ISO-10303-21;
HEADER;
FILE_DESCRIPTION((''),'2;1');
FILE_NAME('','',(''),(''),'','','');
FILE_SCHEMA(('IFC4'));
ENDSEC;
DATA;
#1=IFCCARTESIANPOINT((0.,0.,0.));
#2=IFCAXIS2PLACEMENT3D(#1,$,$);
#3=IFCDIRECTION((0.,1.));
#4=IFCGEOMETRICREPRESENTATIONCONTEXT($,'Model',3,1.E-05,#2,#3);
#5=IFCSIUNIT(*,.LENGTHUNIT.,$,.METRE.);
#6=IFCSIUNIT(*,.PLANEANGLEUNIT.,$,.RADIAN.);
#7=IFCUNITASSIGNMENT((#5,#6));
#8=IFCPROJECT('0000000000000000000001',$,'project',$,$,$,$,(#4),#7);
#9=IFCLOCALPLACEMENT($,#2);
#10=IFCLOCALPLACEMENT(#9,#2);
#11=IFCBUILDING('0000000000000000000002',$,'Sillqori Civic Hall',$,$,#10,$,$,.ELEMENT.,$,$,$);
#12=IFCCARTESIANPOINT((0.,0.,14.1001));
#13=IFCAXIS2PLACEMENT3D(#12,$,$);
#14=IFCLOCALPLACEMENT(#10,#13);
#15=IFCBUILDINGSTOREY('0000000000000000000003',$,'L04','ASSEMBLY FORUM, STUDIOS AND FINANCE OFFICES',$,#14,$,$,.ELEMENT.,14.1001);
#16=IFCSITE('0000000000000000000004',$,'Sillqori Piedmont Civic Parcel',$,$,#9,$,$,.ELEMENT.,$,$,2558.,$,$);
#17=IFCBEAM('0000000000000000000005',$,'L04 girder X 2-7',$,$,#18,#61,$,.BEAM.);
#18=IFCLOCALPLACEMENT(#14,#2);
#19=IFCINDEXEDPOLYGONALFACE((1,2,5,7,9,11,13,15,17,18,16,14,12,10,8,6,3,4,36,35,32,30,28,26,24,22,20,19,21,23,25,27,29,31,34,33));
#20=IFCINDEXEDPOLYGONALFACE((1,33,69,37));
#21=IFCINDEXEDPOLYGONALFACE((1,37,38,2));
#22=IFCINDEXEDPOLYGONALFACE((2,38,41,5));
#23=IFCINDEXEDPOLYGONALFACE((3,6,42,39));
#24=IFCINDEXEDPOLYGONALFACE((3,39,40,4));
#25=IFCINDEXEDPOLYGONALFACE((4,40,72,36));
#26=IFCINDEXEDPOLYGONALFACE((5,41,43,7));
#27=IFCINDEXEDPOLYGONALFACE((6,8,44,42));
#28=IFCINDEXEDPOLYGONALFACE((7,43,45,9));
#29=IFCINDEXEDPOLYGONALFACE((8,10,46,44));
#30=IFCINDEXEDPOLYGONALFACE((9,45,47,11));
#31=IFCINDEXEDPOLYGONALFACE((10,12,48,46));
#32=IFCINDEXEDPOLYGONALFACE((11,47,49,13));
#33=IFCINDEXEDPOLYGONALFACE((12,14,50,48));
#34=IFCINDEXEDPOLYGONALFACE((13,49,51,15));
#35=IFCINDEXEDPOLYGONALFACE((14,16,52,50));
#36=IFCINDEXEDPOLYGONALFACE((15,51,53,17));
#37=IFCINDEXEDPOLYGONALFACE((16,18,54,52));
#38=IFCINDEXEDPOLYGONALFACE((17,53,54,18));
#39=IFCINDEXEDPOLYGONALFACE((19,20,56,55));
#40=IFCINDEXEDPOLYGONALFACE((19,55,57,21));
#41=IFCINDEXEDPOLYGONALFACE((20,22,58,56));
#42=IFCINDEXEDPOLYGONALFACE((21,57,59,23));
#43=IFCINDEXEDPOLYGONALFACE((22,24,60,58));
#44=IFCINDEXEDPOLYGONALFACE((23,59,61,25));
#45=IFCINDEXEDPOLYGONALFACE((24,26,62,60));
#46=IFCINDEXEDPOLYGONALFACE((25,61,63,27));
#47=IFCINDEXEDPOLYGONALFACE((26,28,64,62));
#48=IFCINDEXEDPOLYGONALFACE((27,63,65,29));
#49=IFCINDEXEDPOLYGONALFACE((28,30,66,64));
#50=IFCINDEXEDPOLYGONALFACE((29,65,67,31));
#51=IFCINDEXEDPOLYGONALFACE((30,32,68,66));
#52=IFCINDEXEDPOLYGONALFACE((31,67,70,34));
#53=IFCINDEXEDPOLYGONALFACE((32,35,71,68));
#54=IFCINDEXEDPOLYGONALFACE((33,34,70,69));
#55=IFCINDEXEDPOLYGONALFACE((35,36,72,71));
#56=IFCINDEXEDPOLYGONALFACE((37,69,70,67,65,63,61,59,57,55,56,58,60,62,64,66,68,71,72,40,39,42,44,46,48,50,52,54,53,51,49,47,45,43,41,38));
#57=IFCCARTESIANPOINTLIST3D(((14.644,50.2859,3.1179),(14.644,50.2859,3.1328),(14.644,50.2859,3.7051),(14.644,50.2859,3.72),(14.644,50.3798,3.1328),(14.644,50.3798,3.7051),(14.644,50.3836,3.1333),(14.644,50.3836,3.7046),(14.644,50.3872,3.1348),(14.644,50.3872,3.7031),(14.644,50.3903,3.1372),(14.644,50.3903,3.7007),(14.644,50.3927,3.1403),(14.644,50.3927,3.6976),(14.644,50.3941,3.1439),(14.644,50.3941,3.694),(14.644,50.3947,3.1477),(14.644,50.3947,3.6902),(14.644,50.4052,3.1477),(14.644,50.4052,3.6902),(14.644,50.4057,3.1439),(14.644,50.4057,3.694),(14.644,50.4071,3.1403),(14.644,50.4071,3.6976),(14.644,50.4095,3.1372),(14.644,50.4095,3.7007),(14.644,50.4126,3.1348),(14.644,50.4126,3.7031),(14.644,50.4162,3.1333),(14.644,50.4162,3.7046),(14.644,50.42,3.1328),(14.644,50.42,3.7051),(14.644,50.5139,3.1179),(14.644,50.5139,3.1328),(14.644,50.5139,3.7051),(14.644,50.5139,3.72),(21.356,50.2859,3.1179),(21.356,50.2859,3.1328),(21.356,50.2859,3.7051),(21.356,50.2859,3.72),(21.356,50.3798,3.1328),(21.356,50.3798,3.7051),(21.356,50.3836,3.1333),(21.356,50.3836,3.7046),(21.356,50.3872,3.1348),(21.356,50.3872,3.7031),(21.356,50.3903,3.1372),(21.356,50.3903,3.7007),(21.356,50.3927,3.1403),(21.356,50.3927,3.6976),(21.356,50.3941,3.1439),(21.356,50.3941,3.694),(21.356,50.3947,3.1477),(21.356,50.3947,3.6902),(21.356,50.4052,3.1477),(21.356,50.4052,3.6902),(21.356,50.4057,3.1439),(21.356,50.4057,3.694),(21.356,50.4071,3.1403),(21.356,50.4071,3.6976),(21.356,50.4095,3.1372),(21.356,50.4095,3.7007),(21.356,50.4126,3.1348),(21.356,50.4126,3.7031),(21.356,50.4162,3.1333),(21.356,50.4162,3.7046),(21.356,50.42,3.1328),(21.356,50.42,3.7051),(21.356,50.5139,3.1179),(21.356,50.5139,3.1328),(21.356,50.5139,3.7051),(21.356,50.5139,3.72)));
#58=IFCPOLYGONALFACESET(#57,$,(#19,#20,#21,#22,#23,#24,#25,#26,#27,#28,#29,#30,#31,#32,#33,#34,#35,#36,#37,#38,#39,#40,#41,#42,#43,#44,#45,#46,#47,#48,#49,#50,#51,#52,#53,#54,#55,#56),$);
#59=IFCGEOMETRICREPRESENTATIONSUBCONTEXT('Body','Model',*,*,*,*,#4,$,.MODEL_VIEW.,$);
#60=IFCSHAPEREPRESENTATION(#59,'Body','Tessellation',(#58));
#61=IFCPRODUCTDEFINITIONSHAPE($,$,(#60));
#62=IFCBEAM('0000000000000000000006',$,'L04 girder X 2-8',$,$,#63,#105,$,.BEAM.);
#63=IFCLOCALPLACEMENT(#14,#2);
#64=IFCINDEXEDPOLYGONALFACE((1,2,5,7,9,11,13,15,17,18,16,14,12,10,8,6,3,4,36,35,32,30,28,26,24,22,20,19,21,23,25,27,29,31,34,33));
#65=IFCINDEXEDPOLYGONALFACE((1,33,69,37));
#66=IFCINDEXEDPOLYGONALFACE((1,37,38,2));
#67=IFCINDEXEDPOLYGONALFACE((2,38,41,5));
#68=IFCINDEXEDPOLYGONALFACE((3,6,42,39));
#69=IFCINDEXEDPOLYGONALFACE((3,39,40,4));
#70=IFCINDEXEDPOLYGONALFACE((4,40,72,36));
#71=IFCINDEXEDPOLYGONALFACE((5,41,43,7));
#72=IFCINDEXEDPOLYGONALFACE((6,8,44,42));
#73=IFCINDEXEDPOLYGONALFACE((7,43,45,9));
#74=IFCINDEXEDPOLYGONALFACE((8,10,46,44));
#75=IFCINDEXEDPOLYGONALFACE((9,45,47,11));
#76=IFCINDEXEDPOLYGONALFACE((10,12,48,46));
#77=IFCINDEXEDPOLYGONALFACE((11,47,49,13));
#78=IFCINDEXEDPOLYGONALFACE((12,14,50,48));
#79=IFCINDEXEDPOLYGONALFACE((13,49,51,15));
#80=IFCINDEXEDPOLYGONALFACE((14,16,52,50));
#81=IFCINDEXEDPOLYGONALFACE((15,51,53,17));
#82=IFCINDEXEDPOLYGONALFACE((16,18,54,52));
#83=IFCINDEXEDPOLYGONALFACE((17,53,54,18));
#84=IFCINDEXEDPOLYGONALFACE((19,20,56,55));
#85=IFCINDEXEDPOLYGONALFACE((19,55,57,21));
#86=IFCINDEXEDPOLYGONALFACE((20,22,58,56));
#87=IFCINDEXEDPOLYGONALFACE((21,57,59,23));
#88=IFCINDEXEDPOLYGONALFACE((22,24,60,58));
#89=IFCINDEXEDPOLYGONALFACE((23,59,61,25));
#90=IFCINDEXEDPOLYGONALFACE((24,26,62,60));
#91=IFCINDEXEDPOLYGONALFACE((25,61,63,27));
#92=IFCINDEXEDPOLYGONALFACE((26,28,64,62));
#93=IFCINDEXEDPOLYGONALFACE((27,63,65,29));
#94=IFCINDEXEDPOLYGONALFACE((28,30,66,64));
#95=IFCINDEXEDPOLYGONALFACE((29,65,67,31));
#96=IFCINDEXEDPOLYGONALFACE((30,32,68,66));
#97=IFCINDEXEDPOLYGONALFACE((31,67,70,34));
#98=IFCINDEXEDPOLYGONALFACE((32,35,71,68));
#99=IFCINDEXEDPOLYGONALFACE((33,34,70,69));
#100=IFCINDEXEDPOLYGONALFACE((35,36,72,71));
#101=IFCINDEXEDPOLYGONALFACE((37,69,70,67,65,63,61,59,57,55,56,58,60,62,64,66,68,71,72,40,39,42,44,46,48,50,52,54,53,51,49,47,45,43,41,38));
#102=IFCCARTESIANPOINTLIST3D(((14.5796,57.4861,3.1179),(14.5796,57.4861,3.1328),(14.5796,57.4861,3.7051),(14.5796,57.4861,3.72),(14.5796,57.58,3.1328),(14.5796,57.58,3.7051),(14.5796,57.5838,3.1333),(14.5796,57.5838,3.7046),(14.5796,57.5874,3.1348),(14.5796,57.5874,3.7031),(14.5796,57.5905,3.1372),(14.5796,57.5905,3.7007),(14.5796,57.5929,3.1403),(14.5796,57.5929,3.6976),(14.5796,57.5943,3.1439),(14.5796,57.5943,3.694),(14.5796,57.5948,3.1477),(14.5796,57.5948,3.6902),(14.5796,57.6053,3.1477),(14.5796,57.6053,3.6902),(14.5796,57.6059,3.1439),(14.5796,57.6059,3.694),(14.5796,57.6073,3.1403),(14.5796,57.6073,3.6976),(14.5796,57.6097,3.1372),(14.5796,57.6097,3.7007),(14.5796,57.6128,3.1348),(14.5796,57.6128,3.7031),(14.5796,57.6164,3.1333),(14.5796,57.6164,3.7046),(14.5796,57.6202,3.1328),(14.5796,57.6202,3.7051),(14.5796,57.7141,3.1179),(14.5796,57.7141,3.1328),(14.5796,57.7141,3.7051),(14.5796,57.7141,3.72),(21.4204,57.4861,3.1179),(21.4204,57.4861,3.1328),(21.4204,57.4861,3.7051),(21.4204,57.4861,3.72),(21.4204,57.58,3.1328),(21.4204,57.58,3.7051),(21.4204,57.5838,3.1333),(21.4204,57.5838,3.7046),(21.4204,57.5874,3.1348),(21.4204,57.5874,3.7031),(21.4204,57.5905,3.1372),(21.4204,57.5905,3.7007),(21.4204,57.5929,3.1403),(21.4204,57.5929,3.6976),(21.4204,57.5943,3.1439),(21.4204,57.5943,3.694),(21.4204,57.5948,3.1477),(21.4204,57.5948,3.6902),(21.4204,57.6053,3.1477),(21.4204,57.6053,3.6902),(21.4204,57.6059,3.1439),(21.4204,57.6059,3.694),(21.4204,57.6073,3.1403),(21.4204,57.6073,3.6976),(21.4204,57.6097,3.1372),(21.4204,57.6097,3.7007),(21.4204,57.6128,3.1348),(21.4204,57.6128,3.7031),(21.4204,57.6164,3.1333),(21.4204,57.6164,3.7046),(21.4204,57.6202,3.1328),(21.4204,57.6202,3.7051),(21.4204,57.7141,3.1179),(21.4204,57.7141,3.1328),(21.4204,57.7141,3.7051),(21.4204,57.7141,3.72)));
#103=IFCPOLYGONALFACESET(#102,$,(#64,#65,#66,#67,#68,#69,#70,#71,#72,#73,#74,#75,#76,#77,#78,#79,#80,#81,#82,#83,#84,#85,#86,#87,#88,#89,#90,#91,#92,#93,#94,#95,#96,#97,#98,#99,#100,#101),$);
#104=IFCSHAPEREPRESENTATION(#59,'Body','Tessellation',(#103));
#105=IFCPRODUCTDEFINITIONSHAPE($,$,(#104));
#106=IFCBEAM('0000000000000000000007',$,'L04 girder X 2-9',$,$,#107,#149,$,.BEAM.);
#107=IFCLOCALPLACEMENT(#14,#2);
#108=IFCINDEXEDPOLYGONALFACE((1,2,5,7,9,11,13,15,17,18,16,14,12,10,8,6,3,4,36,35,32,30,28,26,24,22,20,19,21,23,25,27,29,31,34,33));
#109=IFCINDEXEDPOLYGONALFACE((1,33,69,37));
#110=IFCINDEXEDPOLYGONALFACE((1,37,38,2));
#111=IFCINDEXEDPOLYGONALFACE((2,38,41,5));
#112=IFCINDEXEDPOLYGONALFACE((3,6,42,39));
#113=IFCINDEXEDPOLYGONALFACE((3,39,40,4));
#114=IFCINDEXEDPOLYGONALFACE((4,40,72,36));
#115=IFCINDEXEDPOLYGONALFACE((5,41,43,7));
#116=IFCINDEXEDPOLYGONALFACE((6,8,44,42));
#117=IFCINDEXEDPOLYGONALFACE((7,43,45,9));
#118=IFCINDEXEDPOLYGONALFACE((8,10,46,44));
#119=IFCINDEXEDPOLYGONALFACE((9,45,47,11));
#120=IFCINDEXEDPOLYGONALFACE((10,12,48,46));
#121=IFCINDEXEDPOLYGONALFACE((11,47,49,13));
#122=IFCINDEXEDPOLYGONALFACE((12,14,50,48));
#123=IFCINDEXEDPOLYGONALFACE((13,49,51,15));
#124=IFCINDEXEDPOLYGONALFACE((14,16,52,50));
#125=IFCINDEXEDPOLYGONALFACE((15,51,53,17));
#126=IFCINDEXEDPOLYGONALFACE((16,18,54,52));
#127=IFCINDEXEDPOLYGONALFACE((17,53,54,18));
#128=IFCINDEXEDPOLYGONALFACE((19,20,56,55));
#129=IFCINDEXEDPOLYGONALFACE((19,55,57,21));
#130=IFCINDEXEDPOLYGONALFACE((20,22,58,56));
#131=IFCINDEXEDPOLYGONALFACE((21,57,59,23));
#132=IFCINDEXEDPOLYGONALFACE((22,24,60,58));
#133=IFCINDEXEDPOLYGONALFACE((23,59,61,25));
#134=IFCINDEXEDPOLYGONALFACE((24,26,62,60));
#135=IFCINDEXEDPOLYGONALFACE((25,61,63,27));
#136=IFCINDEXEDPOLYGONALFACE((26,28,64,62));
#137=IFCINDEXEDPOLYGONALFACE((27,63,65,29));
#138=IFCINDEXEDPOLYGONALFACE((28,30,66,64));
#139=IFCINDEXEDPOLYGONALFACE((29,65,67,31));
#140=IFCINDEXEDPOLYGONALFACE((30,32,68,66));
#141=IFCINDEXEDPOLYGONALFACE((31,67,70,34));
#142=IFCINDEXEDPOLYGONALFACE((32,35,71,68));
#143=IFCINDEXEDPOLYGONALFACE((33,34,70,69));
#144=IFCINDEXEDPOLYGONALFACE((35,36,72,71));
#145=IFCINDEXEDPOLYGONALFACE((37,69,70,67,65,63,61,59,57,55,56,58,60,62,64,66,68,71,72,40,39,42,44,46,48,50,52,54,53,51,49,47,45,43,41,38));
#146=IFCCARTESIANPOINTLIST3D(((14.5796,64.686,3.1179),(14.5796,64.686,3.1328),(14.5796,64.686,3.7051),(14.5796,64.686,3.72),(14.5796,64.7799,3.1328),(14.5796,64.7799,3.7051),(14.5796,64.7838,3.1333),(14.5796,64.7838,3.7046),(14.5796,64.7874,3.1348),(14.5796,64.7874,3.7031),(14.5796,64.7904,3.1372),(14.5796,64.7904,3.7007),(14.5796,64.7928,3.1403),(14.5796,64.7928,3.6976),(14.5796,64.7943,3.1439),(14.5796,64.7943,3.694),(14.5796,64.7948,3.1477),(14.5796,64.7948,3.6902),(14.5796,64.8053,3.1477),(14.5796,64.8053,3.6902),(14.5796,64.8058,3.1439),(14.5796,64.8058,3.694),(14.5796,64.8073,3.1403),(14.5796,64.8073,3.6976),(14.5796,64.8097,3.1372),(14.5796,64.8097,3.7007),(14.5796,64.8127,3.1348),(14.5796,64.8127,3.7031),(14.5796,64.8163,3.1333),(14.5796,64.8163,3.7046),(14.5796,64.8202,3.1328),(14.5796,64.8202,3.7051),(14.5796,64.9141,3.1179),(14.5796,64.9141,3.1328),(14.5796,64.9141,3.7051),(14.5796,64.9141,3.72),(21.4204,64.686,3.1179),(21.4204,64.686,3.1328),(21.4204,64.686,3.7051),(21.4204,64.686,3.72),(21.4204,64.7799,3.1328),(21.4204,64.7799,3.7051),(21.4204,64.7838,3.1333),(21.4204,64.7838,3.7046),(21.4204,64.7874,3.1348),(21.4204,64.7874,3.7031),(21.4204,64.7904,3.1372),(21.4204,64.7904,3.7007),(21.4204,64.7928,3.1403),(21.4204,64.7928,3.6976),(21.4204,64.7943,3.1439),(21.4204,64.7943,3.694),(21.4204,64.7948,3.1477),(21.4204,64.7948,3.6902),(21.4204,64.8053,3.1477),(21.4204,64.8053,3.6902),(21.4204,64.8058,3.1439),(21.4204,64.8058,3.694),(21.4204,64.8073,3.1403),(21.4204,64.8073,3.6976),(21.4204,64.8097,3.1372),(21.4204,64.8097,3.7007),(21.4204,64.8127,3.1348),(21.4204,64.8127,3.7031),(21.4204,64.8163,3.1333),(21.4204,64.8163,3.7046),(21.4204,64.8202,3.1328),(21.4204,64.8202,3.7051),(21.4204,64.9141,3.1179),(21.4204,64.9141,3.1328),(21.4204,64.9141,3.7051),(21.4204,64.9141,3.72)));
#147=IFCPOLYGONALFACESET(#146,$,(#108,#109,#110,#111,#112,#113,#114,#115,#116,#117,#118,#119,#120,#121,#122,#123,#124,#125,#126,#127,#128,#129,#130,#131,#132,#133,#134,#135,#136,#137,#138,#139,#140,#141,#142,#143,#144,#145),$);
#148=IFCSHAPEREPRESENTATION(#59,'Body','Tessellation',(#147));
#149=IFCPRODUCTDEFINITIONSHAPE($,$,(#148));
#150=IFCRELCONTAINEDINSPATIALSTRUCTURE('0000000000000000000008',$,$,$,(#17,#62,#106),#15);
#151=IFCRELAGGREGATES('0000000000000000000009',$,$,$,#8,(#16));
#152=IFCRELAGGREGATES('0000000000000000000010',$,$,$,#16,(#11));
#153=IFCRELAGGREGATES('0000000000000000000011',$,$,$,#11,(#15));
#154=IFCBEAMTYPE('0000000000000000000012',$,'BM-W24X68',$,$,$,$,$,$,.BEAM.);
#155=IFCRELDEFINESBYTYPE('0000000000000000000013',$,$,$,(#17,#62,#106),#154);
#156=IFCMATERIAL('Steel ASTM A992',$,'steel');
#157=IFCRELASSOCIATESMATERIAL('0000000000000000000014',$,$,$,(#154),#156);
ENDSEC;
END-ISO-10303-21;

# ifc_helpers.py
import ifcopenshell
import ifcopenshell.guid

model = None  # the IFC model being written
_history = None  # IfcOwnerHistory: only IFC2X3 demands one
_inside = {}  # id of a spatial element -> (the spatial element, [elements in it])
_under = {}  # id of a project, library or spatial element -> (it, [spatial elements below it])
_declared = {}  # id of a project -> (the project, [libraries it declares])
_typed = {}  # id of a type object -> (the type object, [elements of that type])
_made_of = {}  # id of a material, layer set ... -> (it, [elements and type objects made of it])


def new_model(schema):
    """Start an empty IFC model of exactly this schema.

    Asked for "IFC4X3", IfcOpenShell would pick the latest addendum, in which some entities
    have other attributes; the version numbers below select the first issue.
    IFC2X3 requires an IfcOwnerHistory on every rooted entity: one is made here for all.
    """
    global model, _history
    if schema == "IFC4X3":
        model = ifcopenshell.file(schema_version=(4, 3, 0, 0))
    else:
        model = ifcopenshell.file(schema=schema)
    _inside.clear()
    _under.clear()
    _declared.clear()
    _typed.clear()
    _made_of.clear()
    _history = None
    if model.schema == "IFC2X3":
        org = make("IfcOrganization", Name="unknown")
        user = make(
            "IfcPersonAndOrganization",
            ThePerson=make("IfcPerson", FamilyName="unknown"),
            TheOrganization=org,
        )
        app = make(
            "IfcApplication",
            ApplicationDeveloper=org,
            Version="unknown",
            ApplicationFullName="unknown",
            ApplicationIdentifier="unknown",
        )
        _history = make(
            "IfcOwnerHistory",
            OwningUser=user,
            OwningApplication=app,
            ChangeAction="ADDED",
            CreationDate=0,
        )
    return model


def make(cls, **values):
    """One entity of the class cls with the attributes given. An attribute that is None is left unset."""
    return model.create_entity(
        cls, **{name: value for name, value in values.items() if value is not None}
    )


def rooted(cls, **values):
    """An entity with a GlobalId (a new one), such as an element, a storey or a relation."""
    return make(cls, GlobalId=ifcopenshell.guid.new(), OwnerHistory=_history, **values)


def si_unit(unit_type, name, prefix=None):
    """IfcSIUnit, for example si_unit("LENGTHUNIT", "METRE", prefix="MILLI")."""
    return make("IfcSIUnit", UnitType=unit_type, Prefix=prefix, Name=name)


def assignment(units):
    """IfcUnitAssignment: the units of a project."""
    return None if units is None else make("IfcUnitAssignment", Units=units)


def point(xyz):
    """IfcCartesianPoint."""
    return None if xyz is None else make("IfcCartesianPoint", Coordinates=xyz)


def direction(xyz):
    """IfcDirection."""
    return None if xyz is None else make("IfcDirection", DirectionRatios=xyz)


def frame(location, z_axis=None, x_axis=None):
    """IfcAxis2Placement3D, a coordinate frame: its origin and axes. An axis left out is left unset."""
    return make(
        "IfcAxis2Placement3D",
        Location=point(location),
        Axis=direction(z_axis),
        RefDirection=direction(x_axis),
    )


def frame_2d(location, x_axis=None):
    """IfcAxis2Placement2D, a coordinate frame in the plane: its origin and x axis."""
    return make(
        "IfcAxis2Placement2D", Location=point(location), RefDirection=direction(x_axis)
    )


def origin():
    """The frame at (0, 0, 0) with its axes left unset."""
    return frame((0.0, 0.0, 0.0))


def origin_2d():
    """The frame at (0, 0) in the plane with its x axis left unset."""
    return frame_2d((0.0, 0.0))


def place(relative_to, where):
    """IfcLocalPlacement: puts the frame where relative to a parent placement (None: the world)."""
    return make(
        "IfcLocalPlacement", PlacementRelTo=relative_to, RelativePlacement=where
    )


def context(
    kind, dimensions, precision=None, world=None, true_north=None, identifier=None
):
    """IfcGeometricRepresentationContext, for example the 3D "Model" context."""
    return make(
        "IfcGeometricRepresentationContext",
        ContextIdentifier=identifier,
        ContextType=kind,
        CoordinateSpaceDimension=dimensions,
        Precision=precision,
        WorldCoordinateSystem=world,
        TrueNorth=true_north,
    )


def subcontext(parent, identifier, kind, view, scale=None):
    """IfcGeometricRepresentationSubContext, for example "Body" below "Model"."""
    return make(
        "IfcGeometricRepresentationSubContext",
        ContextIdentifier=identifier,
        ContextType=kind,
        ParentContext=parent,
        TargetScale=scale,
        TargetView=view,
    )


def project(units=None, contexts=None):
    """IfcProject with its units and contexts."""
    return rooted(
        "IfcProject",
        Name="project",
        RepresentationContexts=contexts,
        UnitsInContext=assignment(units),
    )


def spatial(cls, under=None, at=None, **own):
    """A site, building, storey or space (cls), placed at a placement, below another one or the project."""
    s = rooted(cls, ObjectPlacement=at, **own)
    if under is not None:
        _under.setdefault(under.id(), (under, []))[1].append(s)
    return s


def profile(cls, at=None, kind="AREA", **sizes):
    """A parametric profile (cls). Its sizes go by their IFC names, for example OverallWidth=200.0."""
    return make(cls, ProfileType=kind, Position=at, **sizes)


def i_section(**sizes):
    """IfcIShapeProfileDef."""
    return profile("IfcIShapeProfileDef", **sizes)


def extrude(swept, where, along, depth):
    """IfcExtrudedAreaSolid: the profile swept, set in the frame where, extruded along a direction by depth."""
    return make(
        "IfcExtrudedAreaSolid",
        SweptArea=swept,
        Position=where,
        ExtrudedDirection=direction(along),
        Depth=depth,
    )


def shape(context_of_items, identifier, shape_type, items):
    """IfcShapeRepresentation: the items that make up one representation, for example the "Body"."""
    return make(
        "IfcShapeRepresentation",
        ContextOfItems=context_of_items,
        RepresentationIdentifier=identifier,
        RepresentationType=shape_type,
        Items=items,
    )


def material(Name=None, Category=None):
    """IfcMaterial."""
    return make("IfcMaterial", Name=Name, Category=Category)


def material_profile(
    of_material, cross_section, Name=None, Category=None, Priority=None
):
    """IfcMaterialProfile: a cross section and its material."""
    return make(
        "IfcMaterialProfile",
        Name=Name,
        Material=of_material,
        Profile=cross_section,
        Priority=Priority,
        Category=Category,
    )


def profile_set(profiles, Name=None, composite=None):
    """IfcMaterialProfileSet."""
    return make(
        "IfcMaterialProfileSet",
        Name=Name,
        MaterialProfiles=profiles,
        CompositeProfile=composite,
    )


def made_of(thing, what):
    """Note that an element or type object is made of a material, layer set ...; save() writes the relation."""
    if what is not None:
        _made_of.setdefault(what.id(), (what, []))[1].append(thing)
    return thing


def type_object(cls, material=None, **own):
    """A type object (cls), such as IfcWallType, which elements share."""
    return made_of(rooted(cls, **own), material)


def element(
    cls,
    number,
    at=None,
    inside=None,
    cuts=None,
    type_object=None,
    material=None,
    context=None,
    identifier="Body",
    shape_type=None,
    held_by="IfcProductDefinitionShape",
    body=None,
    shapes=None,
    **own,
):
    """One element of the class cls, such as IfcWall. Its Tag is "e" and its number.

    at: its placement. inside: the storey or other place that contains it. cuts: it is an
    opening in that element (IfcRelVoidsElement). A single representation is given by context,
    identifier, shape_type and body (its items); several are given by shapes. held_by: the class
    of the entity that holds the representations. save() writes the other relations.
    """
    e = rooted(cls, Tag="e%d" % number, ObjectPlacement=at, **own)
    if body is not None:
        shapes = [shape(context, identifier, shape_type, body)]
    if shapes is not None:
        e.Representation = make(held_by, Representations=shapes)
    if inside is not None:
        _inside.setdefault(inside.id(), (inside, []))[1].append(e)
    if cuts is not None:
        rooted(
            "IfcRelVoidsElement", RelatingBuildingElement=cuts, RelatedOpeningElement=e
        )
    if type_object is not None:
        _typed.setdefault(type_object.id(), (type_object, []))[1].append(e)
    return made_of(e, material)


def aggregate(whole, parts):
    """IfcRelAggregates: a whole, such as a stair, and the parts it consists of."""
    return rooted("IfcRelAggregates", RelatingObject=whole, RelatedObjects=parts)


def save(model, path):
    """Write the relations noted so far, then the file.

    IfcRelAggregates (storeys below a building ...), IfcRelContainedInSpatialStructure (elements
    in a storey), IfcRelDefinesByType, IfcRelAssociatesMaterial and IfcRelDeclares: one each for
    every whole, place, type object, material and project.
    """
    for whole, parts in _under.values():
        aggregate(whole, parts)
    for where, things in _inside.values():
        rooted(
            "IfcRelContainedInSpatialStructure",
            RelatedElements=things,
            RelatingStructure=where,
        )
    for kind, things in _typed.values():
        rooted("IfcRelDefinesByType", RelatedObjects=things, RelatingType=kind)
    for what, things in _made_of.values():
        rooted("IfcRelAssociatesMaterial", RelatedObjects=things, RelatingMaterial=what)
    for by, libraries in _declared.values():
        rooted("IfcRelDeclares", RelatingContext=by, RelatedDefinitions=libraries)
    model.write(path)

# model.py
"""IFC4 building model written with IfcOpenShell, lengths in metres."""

from ifc_helpers import new_model, si_unit, direction, frame, origin, origin_2d, place, context, subcontext, project, spatial, i_section, extrude, material, material_profile, profile_set, type_object, element, save


model = new_model("IFC4")

# Units and contexts
model_context = context("Model", 3, precision=1e-05, world=origin(), true_north=direction((0.0, 1.0)))
body_context = subcontext(model_context, "Body", "Model", "MODEL_VIEW")
ifc_project = project(units=[si_unit("LENGTHUNIT", "METRE"), si_unit("PLANEANGLEUNIT", "RADIAN")], contexts=[model_context])

# Site, building, storey
site_placement = place(None, origin())
site = spatial("IfcSite", under=ifc_project, at=site_placement, Name="Sillqori Piedmont Civic Parcel", CompositionType="ELEMENT", RefElevation=2558.0)
building_placement = place(site_placement, origin())
building = spatial("IfcBuilding", under=site, at=building_placement, Name="Sillqori Civic Hall", CompositionType="ELEMENT")
storey_placement = place(building_placement, frame((0.0, 0.0, 14.1001)))
storey = spatial("IfcBuildingStorey", under=building, at=storey_placement, Name="L04", Description="ASSEMBLY FORUM, STUDIOS AND FINANCE OFFICES", CompositionType="ELEMENT", Elevation=14.1001)

# Shared definitions
ifc_material_1 = material(Name="Steel ASTM A992", Category="steel")

# Beams
ifc_material_profile_1 = material_profile(ifc_material_1, i_section(OverallWidth=0.228, OverallDepth=0.6021, WebThickness=0.0105, FlangeThickness=0.0149, FilletRadius=0.0149, at=origin_2d()), Name="W24X68")
ifc_profile_set_1 = profile_set([ifc_material_profile_1], Name="Steel ASTM A992")
beam_type_1 = type_object("IfcBeamType", Name="BM-W24X68", PredefinedType="BEAM", material=ifc_profile_set_1)
beam_1_placement = place(storey_placement, frame((14.644, 50.3999, 3.4189), z_axis=(1.0, 0.0, 0.0), x_axis=(0.0, 1.0, 0.0)))
element("IfcBeam", 1, at=beam_1_placement, inside=storey, type_object=beam_type_1, Name="L04 girder X 2-7", PredefinedType="BEAM", context=body_context, shape_type="SweptSolid", body=[
    extrude(i_section(OverallWidth=0.228, OverallDepth=0.6021, WebThickness=0.0105, FlangeThickness=0.0149, FilletRadius=0.0149, at=origin_2d()), origin(), (0.0, 0.0, 1.0), 6.7119),
])
for number, where, z_axis, x_axis, name in (
    (2, (14.5796, 57.6001, 3.4189), (1.0, 0.0, 0.0), (0.0, 1.0, 0.0), "L04 girder X 2-8"),
    (3, (14.5796, 64.8, 3.4189), (1.0, 0.0, 0.0), (0.0, 1.0, 0.0), "L04 girder X 2-9"),
):
    element("IfcBeam", number, at=place(storey_placement, frame(where, z_axis=z_axis, x_axis=x_axis)), inside=storey, type_object=beam_type_1, Name=name, PredefinedType="BEAM", context=body_context, shape_type="SweptSolid", body=[
        extrude(i_section(OverallWidth=0.228, OverallDepth=0.6021, WebThickness=0.0105, FlangeThickness=0.0149, FilletRadius=0.0149, at=origin_2d()), origin(), (0.0, 0.0, 1.0), 6.8408),
    ])

save(model, "model.ifc")
